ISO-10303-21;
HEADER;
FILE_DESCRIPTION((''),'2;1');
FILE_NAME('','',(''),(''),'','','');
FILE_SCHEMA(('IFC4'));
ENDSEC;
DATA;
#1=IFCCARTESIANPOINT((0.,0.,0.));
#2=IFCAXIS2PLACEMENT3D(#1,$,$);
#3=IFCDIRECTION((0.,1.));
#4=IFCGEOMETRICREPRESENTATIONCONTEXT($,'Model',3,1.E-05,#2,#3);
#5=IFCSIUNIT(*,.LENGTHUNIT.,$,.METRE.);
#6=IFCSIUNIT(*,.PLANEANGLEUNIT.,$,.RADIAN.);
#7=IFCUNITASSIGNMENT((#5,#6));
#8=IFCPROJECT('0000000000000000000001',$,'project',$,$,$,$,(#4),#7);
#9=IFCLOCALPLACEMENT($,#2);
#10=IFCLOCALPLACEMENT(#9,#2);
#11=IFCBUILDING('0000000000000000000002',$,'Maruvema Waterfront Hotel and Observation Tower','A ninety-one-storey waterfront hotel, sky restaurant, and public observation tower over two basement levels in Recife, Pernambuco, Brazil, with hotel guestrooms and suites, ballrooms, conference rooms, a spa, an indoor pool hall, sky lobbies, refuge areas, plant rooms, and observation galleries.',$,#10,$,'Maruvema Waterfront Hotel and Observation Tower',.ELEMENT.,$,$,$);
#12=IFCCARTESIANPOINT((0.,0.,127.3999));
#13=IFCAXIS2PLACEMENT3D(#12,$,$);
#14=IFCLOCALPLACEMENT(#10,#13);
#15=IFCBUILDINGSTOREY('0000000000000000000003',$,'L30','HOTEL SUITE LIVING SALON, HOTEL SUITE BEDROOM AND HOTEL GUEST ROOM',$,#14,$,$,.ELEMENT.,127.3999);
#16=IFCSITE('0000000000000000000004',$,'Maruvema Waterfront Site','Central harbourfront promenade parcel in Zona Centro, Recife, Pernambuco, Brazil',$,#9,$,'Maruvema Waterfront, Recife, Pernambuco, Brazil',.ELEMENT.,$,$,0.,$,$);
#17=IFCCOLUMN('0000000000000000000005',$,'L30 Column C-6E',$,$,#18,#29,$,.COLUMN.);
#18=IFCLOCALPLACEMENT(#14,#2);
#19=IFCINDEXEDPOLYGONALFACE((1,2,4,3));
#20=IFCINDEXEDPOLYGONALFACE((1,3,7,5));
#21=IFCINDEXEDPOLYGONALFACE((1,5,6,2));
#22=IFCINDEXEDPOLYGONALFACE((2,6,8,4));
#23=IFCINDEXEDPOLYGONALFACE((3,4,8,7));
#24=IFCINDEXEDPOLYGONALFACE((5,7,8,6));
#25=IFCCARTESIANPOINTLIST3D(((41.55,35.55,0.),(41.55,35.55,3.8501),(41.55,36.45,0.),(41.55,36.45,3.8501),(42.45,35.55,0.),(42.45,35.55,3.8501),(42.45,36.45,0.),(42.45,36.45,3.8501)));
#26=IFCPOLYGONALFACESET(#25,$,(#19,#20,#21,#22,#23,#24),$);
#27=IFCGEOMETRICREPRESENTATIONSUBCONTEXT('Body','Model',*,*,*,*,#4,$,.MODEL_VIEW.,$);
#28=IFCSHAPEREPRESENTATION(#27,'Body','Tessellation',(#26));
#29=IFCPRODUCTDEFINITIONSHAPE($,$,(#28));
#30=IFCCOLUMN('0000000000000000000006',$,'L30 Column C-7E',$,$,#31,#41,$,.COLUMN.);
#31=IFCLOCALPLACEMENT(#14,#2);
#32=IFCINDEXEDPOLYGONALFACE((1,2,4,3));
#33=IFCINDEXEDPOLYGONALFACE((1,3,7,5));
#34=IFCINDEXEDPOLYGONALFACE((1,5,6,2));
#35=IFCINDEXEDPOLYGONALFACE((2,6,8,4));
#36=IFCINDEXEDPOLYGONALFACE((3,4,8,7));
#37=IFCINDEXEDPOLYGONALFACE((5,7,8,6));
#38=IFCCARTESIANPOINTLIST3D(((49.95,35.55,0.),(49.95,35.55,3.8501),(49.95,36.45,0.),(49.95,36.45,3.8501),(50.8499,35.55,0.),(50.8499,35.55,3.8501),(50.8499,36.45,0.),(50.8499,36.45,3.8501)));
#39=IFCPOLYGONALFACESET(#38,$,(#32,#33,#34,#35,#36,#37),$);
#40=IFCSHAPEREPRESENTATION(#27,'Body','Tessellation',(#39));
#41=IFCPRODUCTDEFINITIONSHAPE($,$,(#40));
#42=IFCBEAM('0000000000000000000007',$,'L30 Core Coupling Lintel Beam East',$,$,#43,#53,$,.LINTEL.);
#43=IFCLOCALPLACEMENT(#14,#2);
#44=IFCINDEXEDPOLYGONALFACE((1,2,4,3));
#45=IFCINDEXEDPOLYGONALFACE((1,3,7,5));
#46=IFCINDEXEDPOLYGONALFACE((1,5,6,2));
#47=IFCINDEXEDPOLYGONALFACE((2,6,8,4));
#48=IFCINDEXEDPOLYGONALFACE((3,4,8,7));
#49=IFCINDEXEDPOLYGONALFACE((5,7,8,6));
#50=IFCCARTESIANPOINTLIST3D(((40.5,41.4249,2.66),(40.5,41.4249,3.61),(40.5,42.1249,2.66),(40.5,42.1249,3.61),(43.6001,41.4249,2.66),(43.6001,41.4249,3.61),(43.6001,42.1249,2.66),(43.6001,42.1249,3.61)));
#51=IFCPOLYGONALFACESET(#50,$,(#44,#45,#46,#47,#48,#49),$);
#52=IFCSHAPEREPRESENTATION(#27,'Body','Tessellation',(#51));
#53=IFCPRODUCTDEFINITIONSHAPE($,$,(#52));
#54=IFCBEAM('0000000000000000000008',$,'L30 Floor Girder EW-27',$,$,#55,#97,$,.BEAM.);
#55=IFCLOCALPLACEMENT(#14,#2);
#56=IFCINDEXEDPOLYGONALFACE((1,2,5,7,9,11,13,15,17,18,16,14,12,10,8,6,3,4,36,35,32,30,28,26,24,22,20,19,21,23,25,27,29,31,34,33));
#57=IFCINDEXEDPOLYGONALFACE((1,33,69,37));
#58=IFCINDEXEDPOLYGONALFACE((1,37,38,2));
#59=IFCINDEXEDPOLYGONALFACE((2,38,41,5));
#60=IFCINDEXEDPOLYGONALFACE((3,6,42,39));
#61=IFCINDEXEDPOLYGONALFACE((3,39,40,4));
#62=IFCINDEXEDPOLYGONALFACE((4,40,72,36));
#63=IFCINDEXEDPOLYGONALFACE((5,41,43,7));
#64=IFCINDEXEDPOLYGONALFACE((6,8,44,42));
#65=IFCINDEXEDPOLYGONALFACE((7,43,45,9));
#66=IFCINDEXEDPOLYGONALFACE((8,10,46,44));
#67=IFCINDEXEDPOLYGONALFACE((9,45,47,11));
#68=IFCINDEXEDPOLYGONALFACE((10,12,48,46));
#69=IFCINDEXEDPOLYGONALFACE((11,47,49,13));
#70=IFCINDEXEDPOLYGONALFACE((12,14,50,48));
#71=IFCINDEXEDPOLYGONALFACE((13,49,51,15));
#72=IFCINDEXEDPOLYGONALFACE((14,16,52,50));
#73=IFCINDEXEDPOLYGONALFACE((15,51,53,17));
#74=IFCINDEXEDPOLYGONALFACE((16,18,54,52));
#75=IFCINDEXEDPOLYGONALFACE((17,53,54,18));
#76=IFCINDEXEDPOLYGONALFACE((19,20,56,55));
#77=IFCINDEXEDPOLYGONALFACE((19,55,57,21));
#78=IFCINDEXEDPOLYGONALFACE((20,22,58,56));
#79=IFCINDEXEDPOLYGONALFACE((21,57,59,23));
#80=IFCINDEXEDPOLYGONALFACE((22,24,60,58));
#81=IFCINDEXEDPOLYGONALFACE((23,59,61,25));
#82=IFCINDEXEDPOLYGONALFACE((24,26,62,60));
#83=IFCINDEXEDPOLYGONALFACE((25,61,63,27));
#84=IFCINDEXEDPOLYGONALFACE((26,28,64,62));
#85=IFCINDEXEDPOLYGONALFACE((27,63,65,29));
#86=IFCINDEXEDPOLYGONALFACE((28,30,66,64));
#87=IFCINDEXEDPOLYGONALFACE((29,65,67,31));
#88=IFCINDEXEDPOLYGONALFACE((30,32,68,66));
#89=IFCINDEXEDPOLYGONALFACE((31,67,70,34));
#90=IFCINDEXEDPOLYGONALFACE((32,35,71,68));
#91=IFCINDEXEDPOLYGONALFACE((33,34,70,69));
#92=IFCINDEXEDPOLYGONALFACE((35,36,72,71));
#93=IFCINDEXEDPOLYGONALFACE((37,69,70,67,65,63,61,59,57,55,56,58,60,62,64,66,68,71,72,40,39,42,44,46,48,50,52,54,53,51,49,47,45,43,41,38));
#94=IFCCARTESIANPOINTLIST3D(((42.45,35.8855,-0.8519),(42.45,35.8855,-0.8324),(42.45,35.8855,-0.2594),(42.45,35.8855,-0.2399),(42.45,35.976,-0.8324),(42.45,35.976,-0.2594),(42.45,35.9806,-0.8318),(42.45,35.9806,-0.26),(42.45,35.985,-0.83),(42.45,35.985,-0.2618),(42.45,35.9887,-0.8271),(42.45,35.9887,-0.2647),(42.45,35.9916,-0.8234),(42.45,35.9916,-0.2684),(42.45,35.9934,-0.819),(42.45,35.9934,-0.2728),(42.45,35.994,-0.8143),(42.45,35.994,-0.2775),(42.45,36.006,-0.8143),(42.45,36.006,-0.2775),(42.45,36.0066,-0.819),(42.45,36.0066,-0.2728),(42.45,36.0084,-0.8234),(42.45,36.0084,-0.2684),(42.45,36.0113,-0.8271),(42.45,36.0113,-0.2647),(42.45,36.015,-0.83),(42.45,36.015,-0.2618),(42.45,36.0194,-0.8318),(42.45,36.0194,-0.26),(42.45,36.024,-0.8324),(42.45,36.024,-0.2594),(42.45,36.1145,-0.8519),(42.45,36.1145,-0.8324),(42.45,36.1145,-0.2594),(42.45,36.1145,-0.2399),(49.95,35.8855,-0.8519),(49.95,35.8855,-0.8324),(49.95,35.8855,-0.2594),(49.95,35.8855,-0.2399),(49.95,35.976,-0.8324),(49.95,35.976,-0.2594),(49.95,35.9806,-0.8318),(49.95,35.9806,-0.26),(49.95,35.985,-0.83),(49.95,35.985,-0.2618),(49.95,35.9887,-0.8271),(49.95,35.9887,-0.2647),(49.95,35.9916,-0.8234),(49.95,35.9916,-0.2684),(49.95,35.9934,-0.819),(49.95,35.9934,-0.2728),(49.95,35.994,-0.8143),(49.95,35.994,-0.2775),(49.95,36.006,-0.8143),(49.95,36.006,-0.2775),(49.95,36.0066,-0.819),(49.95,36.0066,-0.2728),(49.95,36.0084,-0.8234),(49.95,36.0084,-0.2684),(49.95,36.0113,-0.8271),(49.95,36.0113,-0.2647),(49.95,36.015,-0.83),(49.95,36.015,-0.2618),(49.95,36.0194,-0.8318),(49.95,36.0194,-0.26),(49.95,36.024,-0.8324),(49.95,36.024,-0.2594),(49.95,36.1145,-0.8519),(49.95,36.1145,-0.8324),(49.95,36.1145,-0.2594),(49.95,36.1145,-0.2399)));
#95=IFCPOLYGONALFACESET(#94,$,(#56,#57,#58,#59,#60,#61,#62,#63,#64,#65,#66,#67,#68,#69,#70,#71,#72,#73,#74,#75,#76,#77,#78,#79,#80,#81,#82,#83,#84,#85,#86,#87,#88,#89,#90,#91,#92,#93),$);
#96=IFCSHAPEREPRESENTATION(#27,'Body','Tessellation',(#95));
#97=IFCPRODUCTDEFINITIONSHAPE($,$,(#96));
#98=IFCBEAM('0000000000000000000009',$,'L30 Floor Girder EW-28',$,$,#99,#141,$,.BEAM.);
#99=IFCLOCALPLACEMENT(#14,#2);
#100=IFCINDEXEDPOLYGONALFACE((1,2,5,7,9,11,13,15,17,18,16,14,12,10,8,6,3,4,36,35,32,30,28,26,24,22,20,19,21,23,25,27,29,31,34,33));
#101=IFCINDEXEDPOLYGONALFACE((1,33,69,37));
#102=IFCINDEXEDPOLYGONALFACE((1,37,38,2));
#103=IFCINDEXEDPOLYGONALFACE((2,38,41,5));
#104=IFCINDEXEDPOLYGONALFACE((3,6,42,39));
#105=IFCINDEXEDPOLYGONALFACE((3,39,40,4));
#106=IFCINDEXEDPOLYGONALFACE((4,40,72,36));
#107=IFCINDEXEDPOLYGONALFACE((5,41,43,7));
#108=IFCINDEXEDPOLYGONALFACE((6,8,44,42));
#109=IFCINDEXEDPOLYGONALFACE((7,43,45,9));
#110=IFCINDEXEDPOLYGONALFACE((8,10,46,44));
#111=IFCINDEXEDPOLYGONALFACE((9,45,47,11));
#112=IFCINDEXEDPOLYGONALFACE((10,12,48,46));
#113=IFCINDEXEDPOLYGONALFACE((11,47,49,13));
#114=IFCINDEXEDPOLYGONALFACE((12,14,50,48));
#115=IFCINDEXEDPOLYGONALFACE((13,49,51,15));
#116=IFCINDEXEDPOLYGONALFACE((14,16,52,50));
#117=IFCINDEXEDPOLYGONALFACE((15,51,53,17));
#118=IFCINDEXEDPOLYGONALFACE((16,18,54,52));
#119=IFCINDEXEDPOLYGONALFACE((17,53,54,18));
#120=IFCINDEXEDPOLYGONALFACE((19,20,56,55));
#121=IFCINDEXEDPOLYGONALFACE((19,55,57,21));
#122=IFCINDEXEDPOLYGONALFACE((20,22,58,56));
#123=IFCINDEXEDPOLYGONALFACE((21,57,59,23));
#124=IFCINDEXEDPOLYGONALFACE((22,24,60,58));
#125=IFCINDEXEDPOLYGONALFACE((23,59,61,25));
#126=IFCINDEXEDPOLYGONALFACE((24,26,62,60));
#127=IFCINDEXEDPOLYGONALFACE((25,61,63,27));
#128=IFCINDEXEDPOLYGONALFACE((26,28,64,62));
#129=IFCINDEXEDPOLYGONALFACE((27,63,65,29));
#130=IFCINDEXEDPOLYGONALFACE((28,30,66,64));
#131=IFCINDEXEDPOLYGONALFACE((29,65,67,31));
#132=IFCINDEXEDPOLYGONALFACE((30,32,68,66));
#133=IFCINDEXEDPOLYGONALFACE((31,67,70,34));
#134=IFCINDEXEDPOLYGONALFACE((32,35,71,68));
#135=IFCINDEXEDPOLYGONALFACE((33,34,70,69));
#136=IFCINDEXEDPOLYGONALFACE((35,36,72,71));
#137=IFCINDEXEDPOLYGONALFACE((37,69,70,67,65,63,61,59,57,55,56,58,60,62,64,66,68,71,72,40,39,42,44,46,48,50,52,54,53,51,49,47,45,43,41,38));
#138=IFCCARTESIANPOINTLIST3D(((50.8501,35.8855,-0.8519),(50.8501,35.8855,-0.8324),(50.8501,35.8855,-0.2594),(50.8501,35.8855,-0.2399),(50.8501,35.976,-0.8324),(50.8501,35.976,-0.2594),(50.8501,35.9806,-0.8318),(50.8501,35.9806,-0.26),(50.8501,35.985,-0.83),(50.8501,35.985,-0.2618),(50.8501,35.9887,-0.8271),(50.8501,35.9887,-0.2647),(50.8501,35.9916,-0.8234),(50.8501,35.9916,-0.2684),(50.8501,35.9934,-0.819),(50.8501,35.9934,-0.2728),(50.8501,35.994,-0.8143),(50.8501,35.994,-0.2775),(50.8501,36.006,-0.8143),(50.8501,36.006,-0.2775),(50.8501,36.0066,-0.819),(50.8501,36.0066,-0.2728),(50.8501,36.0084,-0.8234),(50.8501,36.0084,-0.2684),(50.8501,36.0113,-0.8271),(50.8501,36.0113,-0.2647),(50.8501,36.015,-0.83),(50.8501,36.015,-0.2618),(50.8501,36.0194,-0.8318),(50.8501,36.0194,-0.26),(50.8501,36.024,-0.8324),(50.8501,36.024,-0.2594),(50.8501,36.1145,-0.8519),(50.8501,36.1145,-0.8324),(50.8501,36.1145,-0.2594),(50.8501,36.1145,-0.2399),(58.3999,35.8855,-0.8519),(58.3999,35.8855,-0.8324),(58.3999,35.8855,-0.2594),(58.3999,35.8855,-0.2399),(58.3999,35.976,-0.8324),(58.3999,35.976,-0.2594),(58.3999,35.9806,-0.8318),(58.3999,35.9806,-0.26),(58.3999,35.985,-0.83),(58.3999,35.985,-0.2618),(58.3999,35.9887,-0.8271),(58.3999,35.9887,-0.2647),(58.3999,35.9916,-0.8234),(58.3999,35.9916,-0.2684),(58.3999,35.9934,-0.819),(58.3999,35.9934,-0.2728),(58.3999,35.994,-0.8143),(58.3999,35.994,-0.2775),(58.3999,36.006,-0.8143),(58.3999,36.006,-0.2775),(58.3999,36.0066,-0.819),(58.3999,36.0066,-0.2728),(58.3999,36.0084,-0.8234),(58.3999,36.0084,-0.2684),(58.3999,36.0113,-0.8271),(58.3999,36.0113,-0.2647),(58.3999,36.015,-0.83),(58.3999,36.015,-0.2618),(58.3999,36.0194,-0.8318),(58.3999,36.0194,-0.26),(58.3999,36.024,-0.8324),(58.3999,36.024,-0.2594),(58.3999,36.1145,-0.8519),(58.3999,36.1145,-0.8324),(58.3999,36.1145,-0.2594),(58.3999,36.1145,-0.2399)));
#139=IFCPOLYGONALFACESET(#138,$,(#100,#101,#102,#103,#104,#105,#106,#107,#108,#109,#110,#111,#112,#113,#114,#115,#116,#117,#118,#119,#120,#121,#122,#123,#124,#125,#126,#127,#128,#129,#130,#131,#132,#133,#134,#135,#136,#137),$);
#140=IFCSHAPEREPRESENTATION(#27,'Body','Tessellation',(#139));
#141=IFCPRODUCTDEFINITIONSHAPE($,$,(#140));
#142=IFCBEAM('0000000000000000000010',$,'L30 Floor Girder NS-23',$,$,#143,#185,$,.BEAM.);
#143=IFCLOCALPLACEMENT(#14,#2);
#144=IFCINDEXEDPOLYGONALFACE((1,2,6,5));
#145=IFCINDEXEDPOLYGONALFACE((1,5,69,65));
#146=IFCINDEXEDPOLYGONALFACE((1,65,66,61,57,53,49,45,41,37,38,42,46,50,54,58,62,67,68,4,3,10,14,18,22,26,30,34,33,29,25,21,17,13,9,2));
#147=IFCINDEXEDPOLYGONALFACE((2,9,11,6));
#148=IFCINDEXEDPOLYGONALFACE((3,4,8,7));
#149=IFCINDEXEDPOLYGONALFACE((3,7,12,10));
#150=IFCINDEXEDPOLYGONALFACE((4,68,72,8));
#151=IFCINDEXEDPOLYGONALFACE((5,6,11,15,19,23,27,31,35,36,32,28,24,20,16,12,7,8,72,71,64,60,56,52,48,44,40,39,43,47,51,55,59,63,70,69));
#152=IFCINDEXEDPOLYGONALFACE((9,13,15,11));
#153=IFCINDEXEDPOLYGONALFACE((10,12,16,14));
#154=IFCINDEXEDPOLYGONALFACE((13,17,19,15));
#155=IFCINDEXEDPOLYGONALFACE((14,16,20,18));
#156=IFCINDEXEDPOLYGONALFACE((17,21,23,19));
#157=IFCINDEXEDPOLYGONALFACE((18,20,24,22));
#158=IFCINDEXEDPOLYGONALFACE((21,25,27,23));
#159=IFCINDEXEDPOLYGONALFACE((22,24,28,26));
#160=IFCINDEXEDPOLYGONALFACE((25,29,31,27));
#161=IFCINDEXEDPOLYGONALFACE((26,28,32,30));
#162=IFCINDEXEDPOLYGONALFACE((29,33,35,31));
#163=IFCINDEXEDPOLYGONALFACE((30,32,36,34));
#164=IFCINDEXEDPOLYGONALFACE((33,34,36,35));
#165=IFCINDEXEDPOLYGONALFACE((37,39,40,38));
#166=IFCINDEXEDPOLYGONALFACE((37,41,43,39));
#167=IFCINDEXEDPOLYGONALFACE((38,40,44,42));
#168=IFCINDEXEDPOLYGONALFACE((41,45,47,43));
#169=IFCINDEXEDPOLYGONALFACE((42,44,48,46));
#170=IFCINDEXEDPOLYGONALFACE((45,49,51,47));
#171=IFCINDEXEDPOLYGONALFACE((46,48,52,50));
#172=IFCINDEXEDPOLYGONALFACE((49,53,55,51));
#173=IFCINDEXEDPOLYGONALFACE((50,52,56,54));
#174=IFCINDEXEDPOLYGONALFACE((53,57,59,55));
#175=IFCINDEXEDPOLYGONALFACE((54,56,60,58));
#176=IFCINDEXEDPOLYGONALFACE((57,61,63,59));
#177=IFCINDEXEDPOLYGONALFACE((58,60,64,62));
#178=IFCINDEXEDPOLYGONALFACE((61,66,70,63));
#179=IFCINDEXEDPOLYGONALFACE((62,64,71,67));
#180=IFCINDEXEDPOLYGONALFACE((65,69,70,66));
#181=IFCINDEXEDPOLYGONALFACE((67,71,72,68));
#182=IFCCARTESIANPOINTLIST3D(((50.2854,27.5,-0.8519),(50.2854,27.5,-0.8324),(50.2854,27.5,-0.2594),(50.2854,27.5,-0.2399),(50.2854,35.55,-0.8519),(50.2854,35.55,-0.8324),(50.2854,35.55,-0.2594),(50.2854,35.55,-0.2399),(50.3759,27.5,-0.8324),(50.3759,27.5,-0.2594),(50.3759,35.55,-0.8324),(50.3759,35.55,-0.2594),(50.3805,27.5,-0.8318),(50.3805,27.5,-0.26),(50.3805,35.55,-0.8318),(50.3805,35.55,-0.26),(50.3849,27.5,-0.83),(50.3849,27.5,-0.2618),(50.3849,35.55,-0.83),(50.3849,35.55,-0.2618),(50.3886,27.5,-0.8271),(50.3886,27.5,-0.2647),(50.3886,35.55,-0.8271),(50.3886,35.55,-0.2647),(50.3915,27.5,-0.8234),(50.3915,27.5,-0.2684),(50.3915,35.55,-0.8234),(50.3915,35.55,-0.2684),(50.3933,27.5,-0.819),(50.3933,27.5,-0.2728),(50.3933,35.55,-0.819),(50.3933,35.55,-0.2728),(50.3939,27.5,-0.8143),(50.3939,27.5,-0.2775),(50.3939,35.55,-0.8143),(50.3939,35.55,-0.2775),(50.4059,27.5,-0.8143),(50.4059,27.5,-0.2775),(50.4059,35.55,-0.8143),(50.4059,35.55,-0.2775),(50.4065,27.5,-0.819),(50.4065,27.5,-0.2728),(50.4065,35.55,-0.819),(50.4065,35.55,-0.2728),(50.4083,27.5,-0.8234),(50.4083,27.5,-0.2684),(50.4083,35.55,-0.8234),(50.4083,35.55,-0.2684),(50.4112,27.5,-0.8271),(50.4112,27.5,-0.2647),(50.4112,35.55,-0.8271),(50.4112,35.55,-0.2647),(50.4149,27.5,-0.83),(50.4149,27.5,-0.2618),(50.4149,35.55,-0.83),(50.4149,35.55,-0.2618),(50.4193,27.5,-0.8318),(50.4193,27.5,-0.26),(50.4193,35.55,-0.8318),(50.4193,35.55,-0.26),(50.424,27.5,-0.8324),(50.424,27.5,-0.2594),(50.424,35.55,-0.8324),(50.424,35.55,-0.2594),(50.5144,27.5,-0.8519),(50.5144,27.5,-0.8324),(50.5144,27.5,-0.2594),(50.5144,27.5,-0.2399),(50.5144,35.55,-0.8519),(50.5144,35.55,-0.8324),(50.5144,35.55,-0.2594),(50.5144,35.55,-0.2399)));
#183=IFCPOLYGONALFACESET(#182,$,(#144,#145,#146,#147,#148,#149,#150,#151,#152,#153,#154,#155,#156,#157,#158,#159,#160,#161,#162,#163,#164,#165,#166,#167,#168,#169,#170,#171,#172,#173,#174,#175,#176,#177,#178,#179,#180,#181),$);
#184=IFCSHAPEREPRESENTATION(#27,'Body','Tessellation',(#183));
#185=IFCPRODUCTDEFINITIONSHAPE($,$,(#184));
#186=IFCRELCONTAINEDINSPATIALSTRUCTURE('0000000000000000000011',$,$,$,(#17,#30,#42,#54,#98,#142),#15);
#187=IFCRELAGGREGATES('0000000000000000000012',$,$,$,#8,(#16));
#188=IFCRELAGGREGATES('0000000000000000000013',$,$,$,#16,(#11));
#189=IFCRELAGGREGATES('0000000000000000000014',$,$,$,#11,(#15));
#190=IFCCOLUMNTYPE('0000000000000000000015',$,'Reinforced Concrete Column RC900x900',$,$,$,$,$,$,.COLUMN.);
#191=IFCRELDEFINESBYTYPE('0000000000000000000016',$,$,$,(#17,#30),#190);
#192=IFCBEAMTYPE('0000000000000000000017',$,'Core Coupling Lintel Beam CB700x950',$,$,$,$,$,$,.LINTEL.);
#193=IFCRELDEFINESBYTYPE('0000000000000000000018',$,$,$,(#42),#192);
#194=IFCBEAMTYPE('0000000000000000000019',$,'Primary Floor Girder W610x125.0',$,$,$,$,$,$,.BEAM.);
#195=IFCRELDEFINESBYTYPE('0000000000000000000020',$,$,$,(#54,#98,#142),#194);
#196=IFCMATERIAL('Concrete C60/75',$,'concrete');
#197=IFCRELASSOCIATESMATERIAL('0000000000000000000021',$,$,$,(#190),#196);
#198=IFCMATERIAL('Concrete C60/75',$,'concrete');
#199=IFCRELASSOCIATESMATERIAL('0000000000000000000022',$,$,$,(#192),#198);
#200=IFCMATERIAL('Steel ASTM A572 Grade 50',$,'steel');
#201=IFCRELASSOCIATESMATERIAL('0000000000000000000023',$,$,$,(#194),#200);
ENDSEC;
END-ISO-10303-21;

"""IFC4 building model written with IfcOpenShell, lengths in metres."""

from ifc_helpers import new_model, si_unit, direction, frame, origin, origin_2d, place, context, subcontext, project, spatial, rectangle, i_section, extrude, material, material_profile, profile_set, type_object, element, save


model = new_model("IFC4")

# Units and contexts
model_context = context("Model", 3, precision=1e-05, world=origin(), true_north=direction((0.0, 1.0)))
body_context = subcontext(model_context, "Body", "Model", "MODEL_VIEW")
ifc_project = project(units=[si_unit("LENGTHUNIT", "METRE"), si_unit("PLANEANGLEUNIT", "RADIAN")], contexts=[model_context])

# Site, building, storey
site_placement = place(None, origin())
site = spatial("IfcSite", under=ifc_project, at=site_placement, Name="Maruvema Waterfront Site", Description="Central harbourfront promenade parcel in Zona Centro, Recife, Pernambuco, Brazil", LongName="Maruvema Waterfront, Recife, Pernambuco, Brazil", CompositionType="ELEMENT", RefElevation=0.0)
building_placement = place(site_placement, origin())
building = spatial("IfcBuilding", under=site, at=building_placement, Name="Maruvema Waterfront Hotel and Observation Tower", Description="A ninety-one-storey waterfront hotel, sky restaurant, and public observation tower over two basement levels in Recife, Pernambuco, Brazil, with hotel guestrooms and suites, ballrooms, conference rooms, a spa, an indoor pool hall, sky lobbies, refuge areas, plant rooms, and observation galleries.", LongName="Maruvema Waterfront Hotel and Observation Tower", CompositionType="ELEMENT")
storey_placement = place(building_placement, frame((0.0, 0.0, 127.3999)))
storey = spatial("IfcBuildingStorey", under=building, at=storey_placement, Name="L30", Description="HOTEL SUITE LIVING SALON, HOTEL SUITE BEDROOM AND HOTEL GUEST ROOM", CompositionType="ELEMENT", Elevation=127.3999)

# Columns
ifc_material_1 = material(Name="Concrete C60/75", Category="concrete")
ifc_material_profile_1 = material_profile(ifc_material_1, rectangle(XDim=0.8999, YDim=0.8999, at=origin_2d()), Name="RC900x900")
ifc_profile_set_1 = profile_set([ifc_material_profile_1], Name="Concrete C60/75")
column_type = type_object("IfcColumnType", Name="Reinforced Concrete Column RC900x900", PredefinedType="COLUMN", material=ifc_profile_set_1)
for number, where, z_axis, x_axis, name in (
    (1, (42.0, 36.0, 0.0), (0.0, 0.0, 1.0), (1.0, 0.0, 0.0), "L30 Column C-6E"),
    (2, (50.3999, 36.0, 0.0), (0.0, 0.0, 1.0), (1.0, 0.0, 0.0), "L30 Column C-7E"),
):
    element("IfcColumn", number, at=place(storey_placement, frame(where, z_axis=z_axis, x_axis=x_axis)), inside=storey, type_object=column_type, Name=name, PredefinedType="COLUMN", context=body_context, shape_type="SweptSolid", body=[
        extrude(rectangle(XDim=0.8999, YDim=0.8999, at=origin_2d()), origin(), (0.0, 0.0, 1.0), 3.8501),
    ])

# Beams
ifc_material_2 = material(Name="Concrete C60/75", Category="concrete")
ifc_material_profile_2 = material_profile(ifc_material_2, rectangle(XDim=0.7, YDim=0.95, at=origin_2d()), Name="CB700x950")
ifc_profile_set_2 = profile_set([ifc_material_profile_2], Name="Concrete C60/75")
beam_type_1 = type_object("IfcBeamType", Name="Core Coupling Lintel Beam CB700x950", PredefinedType="LINTEL", material=ifc_profile_set_2)
beam_1_placement = place(storey_placement, frame((40.5, 41.7749, 3.135), z_axis=(1.0, 0.0, 0.0), x_axis=(0.0, 1.0, 0.0)))
element("IfcBeam", 3, at=beam_1_placement, inside=storey, type_object=beam_type_1, Name="L30 Core Coupling Lintel Beam East", PredefinedType="LINTEL", context=body_context, shape_type="SweptSolid", body=[
    extrude(rectangle(XDim=0.7, YDim=0.95, at=origin_2d()), origin(), (0.0, 0.0, 1.0), 3.1001),
])
ifc_material_3 = material(Name="Steel ASTM A572 Grade 50", Category="steel")
ifc_material_profile_3 = material_profile(ifc_material_3, i_section(OverallWidth=0.229, OverallDepth=0.6121, WebThickness=0.012, FlangeThickness=0.0195, FilletRadius=0.0181, at=origin_2d()), Name="W610x125.0")
ifc_profile_set_3 = profile_set([ifc_material_profile_3], Name="Steel ASTM A572 Grade 50")
beam_type_2 = type_object("IfcBeamType", Name="Primary Floor Girder W610x125.0", PredefinedType="BEAM", material=ifc_profile_set_3)
beam_2_placement = place(storey_placement, frame((42.45, 36.0, -0.5459), z_axis=(1.0, 0.0, 0.0), x_axis=(0.0, 1.0, 0.0)))
element("IfcBeam", 4, at=beam_2_placement, inside=storey, type_object=beam_type_2, Name="L30 Floor Girder EW-27", PredefinedType="BEAM", context=body_context, shape_type="SweptSolid", body=[
    extrude(i_section(OverallWidth=0.229, OverallDepth=0.6121, WebThickness=0.012, FlangeThickness=0.0195, FilletRadius=0.0181, at=origin_2d()), origin(), (0.0, 0.0, 1.0), 7.5),
])
beam_3_placement = place(storey_placement, frame((50.8501, 36.0, -0.5459), z_axis=(1.0, 0.0, 0.0), x_axis=(0.0, 1.0, 0.0)))
element("IfcBeam", 5, at=beam_3_placement, inside=storey, type_object=beam_type_2, Name="L30 Floor Girder EW-28", PredefinedType="BEAM", context=body_context, shape_type="SweptSolid", body=[
    extrude(i_section(OverallWidth=0.229, OverallDepth=0.6121, WebThickness=0.012, FlangeThickness=0.0195, FilletRadius=0.0181, at=origin_2d()), origin(), (0.0, 0.0, 1.0), 7.5498),
])
for number, where, z_axis, x_axis, name in (
    (6, (50.3999, 27.5, -0.5459), (0.0, 1.0, 0.0), (-1.0, 0.0, 0.0), "L30 Floor Girder NS-23"),
):
    element("IfcBeam", number, at=place(storey_placement, frame(where, z_axis=z_axis, x_axis=x_axis)), inside=storey, type_object=beam_type_2, Name=name, PredefinedType="BEAM", context=body_context, shape_type="SweptSolid", body=[
        extrude(i_section(OverallWidth=0.229, OverallDepth=0.6121, WebThickness=0.012, FlangeThickness=0.0195, FilletRadius=0.0181, at=origin_2d()), origin(), (0.0, 0.0, 1.0), 8.05),
    ])

save(model, "model.ifc")
